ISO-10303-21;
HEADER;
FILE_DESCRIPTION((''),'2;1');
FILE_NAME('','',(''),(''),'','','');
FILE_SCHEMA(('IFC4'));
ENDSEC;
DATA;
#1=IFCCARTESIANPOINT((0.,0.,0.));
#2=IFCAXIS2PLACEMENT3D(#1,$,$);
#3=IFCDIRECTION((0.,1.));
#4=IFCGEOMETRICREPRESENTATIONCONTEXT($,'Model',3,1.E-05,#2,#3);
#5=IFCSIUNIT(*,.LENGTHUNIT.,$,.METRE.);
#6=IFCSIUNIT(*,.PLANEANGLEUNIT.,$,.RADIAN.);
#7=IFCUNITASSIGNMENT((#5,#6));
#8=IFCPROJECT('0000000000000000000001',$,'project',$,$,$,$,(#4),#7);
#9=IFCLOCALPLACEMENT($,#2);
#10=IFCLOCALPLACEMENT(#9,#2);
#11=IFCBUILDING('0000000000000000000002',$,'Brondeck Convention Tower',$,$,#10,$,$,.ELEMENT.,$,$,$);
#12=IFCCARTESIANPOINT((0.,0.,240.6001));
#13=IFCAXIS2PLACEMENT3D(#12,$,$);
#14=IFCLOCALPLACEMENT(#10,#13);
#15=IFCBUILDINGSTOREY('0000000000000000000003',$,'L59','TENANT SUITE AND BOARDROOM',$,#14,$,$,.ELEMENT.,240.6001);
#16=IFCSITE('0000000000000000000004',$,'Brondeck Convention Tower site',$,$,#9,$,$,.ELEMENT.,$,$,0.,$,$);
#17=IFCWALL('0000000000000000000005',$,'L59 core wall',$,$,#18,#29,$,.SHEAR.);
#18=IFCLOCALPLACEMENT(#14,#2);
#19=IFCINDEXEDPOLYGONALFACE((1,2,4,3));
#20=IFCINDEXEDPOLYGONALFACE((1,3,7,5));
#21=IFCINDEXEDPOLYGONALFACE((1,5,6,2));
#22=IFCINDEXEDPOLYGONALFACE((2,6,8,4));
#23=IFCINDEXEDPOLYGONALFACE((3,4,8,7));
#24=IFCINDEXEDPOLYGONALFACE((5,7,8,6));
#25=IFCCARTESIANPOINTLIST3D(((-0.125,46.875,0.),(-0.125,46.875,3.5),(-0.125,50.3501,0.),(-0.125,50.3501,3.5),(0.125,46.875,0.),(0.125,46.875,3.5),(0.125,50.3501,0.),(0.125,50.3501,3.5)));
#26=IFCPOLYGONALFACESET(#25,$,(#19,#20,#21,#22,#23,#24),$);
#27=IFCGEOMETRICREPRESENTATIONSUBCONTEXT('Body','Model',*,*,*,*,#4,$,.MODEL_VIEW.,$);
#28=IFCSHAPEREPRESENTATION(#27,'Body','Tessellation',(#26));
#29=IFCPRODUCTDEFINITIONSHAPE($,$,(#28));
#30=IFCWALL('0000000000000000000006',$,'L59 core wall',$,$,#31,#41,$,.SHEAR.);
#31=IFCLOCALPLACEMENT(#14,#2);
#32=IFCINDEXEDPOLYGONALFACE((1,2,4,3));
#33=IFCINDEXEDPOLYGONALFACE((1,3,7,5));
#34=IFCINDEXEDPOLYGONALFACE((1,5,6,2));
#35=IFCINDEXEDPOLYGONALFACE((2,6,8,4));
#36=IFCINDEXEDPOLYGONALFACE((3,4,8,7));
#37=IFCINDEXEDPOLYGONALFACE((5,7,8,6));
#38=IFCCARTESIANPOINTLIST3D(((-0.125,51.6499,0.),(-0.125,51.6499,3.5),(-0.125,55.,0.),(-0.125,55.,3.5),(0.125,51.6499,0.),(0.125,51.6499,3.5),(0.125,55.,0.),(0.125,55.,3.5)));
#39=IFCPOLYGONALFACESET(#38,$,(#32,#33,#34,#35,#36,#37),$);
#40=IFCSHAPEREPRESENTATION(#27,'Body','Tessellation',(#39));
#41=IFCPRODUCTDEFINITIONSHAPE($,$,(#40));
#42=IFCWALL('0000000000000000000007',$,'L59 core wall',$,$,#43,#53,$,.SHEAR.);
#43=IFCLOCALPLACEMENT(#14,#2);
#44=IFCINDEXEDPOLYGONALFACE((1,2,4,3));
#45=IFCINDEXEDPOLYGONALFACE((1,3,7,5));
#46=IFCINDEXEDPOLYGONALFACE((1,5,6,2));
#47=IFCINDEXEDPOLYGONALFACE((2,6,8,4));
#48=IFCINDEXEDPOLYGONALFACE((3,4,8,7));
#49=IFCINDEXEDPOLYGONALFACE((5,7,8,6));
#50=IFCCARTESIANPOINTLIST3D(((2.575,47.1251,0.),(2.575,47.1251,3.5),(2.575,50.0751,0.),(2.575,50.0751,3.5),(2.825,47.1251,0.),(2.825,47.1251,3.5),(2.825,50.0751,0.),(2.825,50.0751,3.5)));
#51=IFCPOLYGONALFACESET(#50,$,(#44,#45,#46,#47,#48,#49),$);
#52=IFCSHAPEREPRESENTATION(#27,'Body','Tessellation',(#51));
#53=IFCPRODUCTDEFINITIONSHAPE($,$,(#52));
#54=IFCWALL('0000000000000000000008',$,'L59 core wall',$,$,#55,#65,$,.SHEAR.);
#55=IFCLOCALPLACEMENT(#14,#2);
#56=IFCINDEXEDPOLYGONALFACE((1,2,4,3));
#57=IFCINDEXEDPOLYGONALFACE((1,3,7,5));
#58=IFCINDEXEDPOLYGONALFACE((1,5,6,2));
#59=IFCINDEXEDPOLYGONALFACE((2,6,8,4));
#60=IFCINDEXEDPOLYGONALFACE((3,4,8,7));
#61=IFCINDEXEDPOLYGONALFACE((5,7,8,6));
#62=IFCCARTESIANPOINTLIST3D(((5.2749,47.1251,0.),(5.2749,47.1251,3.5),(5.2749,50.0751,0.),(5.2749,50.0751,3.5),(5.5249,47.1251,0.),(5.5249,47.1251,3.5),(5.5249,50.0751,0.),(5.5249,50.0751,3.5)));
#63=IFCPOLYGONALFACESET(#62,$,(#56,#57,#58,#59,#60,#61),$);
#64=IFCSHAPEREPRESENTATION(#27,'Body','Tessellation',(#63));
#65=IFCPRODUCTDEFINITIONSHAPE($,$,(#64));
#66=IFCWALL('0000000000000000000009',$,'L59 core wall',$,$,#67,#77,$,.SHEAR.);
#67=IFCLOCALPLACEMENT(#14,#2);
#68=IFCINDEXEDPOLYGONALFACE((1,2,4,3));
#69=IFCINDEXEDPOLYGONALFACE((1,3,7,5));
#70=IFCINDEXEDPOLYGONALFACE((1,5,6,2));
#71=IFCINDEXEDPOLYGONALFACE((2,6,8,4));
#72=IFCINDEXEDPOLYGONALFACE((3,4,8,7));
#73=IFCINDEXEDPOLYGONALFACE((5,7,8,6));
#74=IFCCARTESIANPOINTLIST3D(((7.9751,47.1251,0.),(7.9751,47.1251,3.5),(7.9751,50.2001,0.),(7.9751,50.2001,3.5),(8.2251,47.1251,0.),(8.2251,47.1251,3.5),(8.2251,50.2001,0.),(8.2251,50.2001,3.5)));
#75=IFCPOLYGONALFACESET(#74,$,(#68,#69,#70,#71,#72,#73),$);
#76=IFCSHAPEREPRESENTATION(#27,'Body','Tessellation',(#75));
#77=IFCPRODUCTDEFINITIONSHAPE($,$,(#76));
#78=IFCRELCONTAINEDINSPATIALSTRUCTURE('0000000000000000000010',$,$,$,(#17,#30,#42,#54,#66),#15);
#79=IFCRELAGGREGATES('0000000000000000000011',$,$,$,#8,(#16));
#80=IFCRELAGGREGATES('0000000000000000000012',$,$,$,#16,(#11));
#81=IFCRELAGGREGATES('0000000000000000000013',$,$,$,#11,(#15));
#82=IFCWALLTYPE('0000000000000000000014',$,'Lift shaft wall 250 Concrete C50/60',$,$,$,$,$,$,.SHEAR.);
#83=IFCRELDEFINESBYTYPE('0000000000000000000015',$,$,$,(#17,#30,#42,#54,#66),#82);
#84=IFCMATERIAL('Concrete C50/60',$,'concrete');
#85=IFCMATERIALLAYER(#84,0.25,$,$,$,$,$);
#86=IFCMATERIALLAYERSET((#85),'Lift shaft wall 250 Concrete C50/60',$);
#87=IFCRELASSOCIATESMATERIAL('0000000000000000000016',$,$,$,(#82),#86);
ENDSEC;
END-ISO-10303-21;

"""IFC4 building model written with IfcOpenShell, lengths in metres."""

from ifc_helpers import new_model, si_unit, direction, frame, frame_2d, origin, place, context, subcontext, project, spatial, rectangle, extrude, material, layer, layer_set, type_object, element, save


model = new_model("IFC4")

# Units and contexts
model_context = context("Model", 3, precision=1e-05, world=origin(), true_north=direction((0.0, 1.0)))
body_context = subcontext(model_context, "Body", "Model", "MODEL_VIEW")
ifc_project = project(units=[si_unit("LENGTHUNIT", "METRE"), si_unit("PLANEANGLEUNIT", "RADIAN")], contexts=[model_context])

# Site, building, storey
site_placement = place(None, origin())
site = spatial("IfcSite", under=ifc_project, at=site_placement, Name="Brondeck Convention Tower site", CompositionType="ELEMENT", RefElevation=0.0)
building_placement = place(site_placement, origin())
building = spatial("IfcBuilding", under=site, at=building_placement, Name="Brondeck Convention Tower", CompositionType="ELEMENT")
storey_placement = place(building_placement, frame((0.0, 0.0, 240.6001)))
storey = spatial("IfcBuildingStorey", under=building, at=storey_placement, Name="L59", Description="TENANT SUITE AND BOARDROOM", CompositionType="ELEMENT", Elevation=240.6001)

# Shared definitions
ifc_material_1 = material(Name="Concrete C50/60", Category="concrete")

# Shared definitions
ifc_layer_1 = layer(ifc_material_1, 0.25)
ifc_layer_set_1 = layer_set([ifc_layer_1], Name="Lift shaft wall 250 Concrete C50/60")
wall_type_1 = type_object("IfcWallType", Name="Lift shaft wall 250 Concrete C50/60", PredefinedType="SHEAR", material=ifc_layer_set_1)

# Walls
wall_1_placement = place(storey_placement, frame((0.0, 46.875, 0.0), z_axis=(0.0, 0.0, 1.0), x_axis=(0.0, 1.0, 0.0)))
element("IfcWall", 1, at=wall_1_placement, inside=storey, type_object=wall_type_1, Name="L59 core wall", PredefinedType="SHEAR", context=body_context, shape_type="SweptSolid", body=[
    extrude(rectangle(XDim=3.4751, YDim=0.25, at=frame_2d((1.7375, 0.0))), origin(), (0.0, 0.0, 1.0), 3.5),
])
wall_2_placement = place(storey_placement, frame((0.0, 51.6499, 0.0), z_axis=(0.0, 0.0, 1.0), x_axis=(0.0, 1.0, 0.0)))
element("IfcWall", 2, at=wall_2_placement, inside=storey, type_object=wall_type_1, Name="L59 core wall", PredefinedType="SHEAR", context=body_context, shape_type="SweptSolid", body=[
    extrude(rectangle(XDim=3.3501, YDim=0.25, at=frame_2d((1.675, 0.0))), origin(), (0.0, 0.0, 1.0), 3.5),
])
for number, where, z_axis, x_axis, name in (
    (3, (2.7, 47.125, 0.0), (0.0, 0.0, 1.0), (0.0, 1.0, 0.0), "L59 core wall"),
    (4, (5.3999, 47.125, 0.0), (0.0, 0.0, 1.0), (0.0, 1.0, 0.0), "L59 core wall"),
):
    element("IfcWall", number, at=place(storey_placement, frame(where, z_axis=z_axis, x_axis=x_axis)), inside=storey, type_object=wall_type_1, Name=name, PredefinedType="SHEAR", context=body_context, shape_type="SweptSolid", body=[
        extrude(rectangle(XDim=2.95, YDim=0.25, at=frame_2d((1.4751, 0.0))), origin(), (0.0, 0.0, 1.0), 3.5),
    ])
wall_3_placement = place(storey_placement, frame((8.1001, 47.125, 0.0), z_axis=(0.0, 0.0, 1.0), x_axis=(0.0, 1.0, 0.0)))
element("IfcWall", 5, at=wall_3_placement, inside=storey, type_object=wall_type_1, Name="L59 core wall", PredefinedType="SHEAR", context=body_context, shape_type="SweptSolid", body=[
    extrude(rectangle(XDim=3.075, YDim=0.25, at=frame_2d((1.5376, 0.0))), origin(), (0.0, 0.0, 1.0), 3.5),
])

save(model, "model.ifc")
